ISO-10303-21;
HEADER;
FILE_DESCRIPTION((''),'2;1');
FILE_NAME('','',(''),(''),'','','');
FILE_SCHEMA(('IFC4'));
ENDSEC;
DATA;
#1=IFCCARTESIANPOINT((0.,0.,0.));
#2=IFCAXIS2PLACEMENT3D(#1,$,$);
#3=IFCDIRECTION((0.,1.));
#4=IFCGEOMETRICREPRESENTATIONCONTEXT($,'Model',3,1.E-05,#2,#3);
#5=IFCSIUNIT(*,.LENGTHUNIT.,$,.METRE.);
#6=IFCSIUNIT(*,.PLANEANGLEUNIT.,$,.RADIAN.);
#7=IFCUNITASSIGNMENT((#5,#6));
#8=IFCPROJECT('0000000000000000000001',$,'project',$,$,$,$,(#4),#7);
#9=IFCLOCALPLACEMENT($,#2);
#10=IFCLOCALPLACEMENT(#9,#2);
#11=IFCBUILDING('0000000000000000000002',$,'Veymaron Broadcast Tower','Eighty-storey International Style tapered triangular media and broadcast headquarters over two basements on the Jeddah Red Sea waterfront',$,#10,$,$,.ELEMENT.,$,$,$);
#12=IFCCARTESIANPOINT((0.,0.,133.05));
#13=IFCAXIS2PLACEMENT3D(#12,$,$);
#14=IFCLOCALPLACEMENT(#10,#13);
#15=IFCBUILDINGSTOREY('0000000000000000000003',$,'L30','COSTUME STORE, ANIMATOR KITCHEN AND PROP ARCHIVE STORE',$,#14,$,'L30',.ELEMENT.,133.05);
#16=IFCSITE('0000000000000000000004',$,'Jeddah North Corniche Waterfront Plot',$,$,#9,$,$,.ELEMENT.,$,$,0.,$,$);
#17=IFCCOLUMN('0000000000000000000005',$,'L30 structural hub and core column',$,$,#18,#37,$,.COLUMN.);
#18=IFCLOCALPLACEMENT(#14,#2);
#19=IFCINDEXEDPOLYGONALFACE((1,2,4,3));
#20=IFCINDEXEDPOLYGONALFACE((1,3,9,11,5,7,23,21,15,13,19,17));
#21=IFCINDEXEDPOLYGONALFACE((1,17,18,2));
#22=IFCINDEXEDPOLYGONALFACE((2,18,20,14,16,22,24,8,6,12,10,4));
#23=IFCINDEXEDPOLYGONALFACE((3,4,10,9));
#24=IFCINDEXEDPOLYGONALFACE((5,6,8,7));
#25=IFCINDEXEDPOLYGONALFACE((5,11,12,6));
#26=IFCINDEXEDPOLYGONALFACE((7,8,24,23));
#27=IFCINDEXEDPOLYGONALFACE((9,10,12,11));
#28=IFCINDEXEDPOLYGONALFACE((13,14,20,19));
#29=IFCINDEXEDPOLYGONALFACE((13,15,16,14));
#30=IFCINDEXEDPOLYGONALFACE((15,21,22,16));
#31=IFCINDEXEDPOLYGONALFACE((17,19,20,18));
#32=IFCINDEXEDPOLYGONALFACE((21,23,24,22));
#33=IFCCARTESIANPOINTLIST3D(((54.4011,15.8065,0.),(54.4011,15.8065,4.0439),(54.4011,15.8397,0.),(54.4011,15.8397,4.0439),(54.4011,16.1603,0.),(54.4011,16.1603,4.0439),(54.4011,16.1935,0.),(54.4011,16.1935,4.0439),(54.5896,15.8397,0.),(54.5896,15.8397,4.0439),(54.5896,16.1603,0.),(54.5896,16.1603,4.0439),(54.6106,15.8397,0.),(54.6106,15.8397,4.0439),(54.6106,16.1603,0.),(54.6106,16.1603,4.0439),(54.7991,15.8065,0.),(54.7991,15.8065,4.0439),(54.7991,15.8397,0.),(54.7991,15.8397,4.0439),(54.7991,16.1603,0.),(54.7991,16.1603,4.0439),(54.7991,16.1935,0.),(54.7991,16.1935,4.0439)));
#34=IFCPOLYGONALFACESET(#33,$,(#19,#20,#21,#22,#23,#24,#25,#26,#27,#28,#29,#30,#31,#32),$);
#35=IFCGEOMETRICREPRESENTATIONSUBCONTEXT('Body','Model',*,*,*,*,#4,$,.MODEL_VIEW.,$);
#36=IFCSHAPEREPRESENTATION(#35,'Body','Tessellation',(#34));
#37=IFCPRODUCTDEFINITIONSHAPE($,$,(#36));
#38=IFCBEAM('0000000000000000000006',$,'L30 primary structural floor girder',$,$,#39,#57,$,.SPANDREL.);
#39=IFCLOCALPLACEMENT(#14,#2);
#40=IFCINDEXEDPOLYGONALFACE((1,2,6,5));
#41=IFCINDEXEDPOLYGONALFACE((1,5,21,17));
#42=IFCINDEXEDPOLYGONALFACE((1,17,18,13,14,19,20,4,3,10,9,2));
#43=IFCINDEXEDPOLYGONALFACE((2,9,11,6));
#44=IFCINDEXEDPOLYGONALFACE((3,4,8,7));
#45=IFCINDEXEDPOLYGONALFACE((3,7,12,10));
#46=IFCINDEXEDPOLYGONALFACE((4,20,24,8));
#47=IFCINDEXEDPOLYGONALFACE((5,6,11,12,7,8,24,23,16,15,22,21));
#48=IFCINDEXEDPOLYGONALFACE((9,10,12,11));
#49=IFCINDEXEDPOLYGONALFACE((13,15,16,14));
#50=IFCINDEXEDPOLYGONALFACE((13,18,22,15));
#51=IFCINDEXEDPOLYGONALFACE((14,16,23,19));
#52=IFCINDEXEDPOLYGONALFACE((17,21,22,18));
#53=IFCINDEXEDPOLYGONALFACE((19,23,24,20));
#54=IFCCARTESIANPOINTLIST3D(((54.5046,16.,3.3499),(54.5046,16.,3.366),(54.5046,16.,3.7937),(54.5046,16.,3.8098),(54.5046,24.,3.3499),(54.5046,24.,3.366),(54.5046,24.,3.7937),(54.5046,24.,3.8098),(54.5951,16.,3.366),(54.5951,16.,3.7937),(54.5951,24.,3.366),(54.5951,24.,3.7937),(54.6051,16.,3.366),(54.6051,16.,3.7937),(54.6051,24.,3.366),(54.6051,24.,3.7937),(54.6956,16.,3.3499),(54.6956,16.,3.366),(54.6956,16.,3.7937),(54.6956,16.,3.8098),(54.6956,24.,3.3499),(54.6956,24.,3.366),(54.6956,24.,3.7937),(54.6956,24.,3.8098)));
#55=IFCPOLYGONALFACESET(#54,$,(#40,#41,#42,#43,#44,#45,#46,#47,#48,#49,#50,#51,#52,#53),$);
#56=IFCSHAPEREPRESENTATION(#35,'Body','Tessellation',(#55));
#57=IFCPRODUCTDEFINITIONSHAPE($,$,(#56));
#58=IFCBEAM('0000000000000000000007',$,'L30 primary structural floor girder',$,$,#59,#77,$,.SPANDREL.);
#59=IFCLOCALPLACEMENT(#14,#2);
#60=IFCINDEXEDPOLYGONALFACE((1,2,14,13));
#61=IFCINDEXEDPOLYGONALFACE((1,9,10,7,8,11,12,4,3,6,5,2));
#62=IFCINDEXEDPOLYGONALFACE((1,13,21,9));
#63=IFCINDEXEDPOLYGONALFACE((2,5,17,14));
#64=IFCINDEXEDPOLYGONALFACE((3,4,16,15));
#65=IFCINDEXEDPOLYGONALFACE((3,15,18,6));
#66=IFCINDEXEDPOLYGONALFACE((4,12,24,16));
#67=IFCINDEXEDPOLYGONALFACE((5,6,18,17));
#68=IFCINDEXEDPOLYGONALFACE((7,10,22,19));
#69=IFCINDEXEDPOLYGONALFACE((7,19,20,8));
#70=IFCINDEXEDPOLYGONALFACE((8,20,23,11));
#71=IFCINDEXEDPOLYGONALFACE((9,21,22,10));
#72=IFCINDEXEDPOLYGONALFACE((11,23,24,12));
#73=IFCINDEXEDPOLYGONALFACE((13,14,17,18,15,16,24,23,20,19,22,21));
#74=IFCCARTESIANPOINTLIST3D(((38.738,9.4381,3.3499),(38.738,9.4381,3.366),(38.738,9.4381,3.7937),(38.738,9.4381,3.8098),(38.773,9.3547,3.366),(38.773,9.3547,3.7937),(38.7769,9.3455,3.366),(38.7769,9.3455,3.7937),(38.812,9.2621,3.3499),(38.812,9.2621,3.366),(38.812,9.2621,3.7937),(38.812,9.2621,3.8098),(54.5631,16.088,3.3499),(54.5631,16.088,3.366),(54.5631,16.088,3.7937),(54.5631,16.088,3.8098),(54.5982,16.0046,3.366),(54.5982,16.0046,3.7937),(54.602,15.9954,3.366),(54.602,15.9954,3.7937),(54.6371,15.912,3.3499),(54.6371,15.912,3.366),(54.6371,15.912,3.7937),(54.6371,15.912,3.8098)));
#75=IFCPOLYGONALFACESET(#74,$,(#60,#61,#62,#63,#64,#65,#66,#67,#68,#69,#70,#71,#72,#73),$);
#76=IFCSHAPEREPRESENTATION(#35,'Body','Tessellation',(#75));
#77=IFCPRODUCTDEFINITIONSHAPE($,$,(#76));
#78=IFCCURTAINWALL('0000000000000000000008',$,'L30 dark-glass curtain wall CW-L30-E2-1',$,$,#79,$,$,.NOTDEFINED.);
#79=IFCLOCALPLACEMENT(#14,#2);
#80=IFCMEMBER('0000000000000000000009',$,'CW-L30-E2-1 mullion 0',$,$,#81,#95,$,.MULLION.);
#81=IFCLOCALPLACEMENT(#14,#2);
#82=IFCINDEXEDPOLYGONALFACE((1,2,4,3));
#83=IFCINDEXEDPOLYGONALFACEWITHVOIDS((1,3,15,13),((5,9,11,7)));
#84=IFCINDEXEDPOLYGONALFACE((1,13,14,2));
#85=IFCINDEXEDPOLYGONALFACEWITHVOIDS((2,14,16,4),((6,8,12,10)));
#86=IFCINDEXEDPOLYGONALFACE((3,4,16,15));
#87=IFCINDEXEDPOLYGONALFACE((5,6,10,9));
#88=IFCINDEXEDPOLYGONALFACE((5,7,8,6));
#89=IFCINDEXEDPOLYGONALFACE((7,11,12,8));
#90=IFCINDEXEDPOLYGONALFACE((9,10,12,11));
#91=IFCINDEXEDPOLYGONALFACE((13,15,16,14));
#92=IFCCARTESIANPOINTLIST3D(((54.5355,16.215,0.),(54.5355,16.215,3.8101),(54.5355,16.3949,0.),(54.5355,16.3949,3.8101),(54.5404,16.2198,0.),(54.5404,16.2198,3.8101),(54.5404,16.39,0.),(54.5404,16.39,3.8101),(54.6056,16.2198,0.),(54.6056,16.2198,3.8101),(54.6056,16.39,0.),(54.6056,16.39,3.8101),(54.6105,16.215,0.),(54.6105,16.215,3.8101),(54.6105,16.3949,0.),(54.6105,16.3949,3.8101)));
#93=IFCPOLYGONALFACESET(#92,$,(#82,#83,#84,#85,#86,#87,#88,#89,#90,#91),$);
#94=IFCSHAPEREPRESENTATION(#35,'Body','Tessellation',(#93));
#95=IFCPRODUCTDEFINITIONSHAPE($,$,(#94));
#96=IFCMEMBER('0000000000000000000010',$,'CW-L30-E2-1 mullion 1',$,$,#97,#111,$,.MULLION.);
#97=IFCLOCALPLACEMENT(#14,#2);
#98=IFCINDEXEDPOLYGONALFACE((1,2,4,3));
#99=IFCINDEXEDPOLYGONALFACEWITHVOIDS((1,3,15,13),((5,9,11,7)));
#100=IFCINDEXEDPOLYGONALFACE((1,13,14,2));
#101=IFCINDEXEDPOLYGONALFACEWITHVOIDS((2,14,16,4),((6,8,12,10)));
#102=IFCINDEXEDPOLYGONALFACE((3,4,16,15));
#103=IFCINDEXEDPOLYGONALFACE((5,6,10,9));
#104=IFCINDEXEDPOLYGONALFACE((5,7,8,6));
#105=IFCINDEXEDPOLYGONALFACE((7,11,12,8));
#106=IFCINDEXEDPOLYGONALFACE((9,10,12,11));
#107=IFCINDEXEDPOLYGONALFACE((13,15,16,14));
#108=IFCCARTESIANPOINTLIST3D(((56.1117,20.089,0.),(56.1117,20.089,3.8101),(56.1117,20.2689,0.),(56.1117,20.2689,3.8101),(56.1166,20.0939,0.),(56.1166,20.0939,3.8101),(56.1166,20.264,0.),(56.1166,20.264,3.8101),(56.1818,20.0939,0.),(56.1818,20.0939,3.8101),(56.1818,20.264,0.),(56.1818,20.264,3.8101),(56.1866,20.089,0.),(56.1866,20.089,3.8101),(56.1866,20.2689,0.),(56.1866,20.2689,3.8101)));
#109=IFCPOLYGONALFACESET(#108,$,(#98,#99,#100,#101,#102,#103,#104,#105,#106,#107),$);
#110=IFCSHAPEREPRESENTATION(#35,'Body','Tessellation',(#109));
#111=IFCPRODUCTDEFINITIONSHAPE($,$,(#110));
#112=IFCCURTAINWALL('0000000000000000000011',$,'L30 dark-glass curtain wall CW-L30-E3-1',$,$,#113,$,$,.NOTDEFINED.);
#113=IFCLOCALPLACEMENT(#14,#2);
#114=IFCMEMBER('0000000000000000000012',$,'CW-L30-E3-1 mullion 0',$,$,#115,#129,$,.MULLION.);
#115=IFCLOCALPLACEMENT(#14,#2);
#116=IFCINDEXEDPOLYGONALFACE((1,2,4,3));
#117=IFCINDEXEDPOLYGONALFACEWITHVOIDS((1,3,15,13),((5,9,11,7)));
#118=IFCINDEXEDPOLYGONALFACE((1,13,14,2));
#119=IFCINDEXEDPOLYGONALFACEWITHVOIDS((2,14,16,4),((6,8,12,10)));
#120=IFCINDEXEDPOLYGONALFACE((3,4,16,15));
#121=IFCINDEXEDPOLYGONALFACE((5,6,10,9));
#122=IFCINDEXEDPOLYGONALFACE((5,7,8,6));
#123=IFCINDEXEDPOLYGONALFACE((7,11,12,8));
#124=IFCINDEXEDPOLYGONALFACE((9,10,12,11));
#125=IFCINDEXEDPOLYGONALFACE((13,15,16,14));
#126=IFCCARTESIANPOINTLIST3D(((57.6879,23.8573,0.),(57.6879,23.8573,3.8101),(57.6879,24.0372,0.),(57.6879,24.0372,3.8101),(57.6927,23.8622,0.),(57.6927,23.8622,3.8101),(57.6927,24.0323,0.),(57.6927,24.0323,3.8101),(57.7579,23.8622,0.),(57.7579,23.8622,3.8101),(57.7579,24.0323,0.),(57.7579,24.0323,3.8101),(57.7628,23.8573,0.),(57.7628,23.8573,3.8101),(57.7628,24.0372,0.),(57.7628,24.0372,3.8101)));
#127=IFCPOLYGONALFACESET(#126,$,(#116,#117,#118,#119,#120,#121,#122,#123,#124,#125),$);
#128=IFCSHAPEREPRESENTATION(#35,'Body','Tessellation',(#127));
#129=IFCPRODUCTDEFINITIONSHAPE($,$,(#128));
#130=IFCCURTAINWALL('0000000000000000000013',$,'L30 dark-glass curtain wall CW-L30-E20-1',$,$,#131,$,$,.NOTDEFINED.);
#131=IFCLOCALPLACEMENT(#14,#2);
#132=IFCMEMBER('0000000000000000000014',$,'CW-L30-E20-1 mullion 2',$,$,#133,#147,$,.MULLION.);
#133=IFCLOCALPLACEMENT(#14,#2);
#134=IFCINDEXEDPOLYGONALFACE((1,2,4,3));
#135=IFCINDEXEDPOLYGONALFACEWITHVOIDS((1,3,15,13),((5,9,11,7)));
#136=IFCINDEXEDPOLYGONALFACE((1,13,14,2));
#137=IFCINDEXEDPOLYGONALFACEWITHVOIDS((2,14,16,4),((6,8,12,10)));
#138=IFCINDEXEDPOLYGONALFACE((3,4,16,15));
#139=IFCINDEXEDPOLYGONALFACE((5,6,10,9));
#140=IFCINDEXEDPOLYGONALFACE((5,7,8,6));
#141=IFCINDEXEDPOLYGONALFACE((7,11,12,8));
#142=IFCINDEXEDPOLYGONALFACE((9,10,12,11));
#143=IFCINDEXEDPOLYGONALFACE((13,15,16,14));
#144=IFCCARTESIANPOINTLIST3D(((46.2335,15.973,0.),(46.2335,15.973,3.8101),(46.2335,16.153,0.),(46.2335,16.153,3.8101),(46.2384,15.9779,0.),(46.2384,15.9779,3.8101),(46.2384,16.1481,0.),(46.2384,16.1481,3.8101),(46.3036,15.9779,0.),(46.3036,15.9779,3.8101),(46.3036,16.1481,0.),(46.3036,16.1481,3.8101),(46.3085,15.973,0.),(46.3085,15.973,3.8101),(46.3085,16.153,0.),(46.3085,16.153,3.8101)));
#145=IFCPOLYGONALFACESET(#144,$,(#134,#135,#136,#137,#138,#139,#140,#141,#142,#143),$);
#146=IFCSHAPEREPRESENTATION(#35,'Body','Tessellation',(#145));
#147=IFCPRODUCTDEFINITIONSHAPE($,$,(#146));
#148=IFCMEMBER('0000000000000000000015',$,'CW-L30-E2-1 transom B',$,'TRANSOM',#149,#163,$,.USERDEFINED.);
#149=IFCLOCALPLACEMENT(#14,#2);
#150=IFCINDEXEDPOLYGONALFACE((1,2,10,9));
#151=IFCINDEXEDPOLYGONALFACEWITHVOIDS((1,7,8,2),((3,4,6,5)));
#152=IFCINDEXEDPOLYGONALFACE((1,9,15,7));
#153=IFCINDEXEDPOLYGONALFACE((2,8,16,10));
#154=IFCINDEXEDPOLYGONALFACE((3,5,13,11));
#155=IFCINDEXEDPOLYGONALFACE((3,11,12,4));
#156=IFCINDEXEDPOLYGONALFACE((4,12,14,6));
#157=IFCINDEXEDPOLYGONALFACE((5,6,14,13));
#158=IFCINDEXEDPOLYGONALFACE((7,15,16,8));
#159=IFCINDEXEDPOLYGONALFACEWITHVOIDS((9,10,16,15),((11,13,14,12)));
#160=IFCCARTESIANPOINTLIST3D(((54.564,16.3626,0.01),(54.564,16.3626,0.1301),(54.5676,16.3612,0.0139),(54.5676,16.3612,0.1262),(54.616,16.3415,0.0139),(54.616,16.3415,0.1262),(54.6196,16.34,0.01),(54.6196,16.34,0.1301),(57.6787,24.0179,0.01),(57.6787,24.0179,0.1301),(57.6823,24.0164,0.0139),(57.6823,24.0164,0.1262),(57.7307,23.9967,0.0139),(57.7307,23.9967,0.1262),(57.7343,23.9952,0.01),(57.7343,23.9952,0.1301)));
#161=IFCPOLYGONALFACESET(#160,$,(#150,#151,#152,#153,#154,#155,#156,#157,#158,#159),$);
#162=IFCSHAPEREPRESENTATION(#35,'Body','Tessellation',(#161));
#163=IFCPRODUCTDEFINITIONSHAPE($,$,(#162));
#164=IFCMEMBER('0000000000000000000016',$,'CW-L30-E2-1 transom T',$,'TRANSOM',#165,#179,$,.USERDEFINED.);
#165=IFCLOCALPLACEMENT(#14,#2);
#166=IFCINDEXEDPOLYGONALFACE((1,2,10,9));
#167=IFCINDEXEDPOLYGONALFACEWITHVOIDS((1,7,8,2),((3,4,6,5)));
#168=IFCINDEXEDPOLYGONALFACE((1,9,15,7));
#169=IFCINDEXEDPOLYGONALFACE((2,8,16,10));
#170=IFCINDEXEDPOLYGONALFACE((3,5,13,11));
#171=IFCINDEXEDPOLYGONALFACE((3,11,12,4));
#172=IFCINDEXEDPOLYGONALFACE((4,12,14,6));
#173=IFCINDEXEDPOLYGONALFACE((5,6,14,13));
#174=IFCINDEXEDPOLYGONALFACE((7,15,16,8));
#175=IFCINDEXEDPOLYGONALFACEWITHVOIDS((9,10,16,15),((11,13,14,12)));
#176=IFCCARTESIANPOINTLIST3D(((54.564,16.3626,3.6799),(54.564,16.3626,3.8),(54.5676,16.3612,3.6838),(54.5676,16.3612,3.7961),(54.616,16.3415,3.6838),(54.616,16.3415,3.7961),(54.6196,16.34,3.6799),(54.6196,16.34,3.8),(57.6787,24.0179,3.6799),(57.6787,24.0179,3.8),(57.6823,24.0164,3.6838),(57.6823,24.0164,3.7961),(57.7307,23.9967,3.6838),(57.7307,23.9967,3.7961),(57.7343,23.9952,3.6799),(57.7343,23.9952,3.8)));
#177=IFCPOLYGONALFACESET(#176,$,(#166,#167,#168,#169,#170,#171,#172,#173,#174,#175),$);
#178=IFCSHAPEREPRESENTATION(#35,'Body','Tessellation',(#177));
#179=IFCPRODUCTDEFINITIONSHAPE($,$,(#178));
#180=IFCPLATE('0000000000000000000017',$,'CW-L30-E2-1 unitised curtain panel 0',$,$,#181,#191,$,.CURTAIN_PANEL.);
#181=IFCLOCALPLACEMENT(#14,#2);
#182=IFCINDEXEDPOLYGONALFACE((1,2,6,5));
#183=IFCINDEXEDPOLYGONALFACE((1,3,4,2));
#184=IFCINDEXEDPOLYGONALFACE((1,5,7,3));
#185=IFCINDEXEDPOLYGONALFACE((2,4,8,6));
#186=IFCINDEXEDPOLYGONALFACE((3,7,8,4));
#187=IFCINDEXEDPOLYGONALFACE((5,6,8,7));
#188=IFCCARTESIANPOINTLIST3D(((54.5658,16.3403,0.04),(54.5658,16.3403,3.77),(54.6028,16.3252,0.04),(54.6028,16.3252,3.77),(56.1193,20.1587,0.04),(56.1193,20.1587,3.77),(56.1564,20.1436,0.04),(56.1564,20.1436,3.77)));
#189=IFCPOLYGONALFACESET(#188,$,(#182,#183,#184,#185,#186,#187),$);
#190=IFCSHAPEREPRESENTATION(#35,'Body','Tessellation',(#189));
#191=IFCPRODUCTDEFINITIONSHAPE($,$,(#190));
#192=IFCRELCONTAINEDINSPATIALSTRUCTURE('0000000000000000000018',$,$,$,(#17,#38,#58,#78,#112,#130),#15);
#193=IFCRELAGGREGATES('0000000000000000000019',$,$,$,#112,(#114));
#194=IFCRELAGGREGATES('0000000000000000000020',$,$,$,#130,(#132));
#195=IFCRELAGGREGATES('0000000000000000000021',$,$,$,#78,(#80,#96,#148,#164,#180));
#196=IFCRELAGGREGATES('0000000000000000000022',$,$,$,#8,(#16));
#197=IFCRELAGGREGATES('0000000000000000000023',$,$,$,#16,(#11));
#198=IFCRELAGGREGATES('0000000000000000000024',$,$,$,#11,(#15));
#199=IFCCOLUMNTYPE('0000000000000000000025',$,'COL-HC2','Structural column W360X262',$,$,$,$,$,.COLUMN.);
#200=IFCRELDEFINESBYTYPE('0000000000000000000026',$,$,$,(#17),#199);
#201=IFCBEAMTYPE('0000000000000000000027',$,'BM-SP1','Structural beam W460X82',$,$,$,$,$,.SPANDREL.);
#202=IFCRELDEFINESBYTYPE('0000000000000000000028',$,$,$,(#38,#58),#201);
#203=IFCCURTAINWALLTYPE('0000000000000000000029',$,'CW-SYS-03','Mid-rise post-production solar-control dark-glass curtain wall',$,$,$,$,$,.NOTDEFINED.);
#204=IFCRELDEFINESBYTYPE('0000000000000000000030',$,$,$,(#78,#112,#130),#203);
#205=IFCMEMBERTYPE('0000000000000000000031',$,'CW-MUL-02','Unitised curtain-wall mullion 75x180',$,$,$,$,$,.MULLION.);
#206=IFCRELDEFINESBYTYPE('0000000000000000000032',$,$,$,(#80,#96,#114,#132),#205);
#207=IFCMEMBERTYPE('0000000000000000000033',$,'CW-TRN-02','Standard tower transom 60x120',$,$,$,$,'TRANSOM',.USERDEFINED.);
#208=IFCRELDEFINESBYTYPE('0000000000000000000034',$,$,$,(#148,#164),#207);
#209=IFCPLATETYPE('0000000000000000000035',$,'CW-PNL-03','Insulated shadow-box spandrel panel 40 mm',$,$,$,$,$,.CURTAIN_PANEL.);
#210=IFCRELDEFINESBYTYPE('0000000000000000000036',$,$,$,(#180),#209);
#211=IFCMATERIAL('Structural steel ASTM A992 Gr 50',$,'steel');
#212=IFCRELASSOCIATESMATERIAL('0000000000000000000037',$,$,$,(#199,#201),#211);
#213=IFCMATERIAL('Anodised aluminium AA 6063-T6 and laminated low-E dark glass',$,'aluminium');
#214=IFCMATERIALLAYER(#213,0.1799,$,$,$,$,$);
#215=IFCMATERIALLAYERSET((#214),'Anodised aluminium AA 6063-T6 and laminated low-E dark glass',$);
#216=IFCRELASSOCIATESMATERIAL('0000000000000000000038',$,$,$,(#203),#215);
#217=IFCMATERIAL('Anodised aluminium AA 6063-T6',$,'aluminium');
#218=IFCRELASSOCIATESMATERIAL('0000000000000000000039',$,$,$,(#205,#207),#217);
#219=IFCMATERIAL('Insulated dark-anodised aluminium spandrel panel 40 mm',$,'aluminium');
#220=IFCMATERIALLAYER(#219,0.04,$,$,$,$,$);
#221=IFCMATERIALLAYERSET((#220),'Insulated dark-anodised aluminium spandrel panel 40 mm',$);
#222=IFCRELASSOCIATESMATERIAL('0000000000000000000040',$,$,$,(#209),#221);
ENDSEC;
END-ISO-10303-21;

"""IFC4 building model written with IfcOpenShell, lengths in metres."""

from ifc_helpers import new_model, si_unit, direction, frame, origin, origin_2d, place, context, subcontext, project, spatial, rectangle, hollow_rectangle, i_section, extrude, material, layer, layer_set, material_profile, profile_set, type_object, element, aggregate, save


model = new_model("IFC4")

# Units and contexts
model_context = context("Model", 3, precision=1e-05, world=origin(), true_north=direction((0.0, 1.0)))
body_context = subcontext(model_context, "Body", "Model", "MODEL_VIEW")
ifc_project = project(units=[si_unit("LENGTHUNIT", "METRE"), si_unit("PLANEANGLEUNIT", "RADIAN")], contexts=[model_context])

# Site, building, storey
site_placement = place(None, origin())
site = spatial("IfcSite", under=ifc_project, at=site_placement, Name="Jeddah North Corniche Waterfront Plot", CompositionType="ELEMENT", RefElevation=0.0)
building_placement = place(site_placement, origin())
building = spatial("IfcBuilding", under=site, at=building_placement, Name="Veymaron Broadcast Tower", Description="Eighty-storey International Style tapered triangular media and broadcast headquarters over two basements on the Jeddah Red Sea waterfront", CompositionType="ELEMENT")
storey_placement = place(building_placement, frame((0.0, 0.0, 133.05)))
storey = spatial("IfcBuildingStorey", under=building, at=storey_placement, Name="L30", Description="COSTUME STORE, ANIMATOR KITCHEN AND PROP ARCHIVE STORE", LongName="L30", CompositionType="ELEMENT", Elevation=133.05)

# Column
ifc_material_1 = material(Name="Structural steel ASTM A992 Gr 50", Category="steel")
ifc_material_profile_1 = material_profile(ifc_material_1, i_section(OverallWidth=0.3979, OverallDepth=0.387, WebThickness=0.021, FlangeThickness=0.0332, at=origin_2d()), Name="W360X262")
ifc_profile_set_1 = profile_set([ifc_material_profile_1], Name="Structural steel ASTM A992 Gr 50")
column_type = type_object("IfcColumnType", Name="COL-HC2", Description="Structural column W360X262", PredefinedType="COLUMN", material=ifc_profile_set_1)
column_placement = place(storey_placement, frame((54.6001, 16.0, 0.0), z_axis=(0.0, 0.0, 1.0), x_axis=(1.0, 0.0, 0.0)))
element("IfcColumn", 1, at=column_placement, inside=storey, type_object=column_type, Name="L30 structural hub and core column", PredefinedType="COLUMN", context=body_context, shape_type="SweptSolid", body=[
    extrude(i_section(OverallWidth=0.3979, OverallDepth=0.387, WebThickness=0.021, FlangeThickness=0.0332, at=origin_2d()), origin(), (0.0, 0.0, 1.0), 4.0439),
])

# Beams
ifc_material_profile_2 = material_profile(ifc_material_1, i_section(OverallWidth=0.1909, OverallDepth=0.46, WebThickness=0.01, FlangeThickness=0.0161, at=origin_2d()), Name="W460X82")
ifc_profile_set_2 = profile_set([ifc_material_profile_2], Name="Structural steel ASTM A992 Gr 50")
beam_type = type_object("IfcBeamType", Name="BM-SP1", Description="Structural beam W460X82", PredefinedType="SPANDREL", material=ifc_profile_set_2)
beam_1_placement = place(storey_placement, frame((54.6001, 16.0, 3.5798), z_axis=(0.0, 1.0, 0.0), x_axis=(-1.0, 0.0, 0.0)))
element("IfcBeam", 2, at=beam_1_placement, inside=storey, type_object=beam_type, Name="L30 primary structural floor girder", PredefinedType="SPANDREL", context=body_context, shape_type="SweptSolid", body=[
    extrude(i_section(OverallWidth=0.1909, OverallDepth=0.46, WebThickness=0.01, FlangeThickness=0.0161, at=origin_2d()), origin(), (0.0, 0.0, 1.0), 8.0),
])
beam_2_placement = place(storey_placement, frame((54.6001, 16.0, 3.5798), z_axis=(-0.921913, -0.387397, 0.0), x_axis=(0.387397, -0.921913, 0.0)))
element("IfcBeam", 3, at=beam_2_placement, inside=storey, type_object=beam_type, Name="L30 primary structural floor girder", PredefinedType="SPANDREL", context=body_context, shape_type="SweptSolid", body=[
    extrude(i_section(OverallWidth=0.1909, OverallDepth=0.46, WebThickness=0.01, FlangeThickness=0.0161, at=origin_2d()), origin(), (0.0, 0.0, 1.0), 17.1655),
])

# Curtain wall, members
ifc_material_2 = material(Name="Anodised aluminium AA 6063-T6 and laminated low-E dark glass", Category="aluminium")
ifc_layer_1 = layer(ifc_material_2, 0.1799)
ifc_layer_set_1 = layer_set([ifc_layer_1], Name="Anodised aluminium AA 6063-T6 and laminated low-E dark glass")
curtain_wall_type = type_object("IfcCurtainWallType", Name="CW-SYS-03", Description="Mid-rise post-production solar-control dark-glass curtain wall", PredefinedType="NOTDEFINED", material=ifc_layer_set_1)
curtain_wall_1_placement = place(storey_placement, origin())
curtain_wall_1 = element("IfcCurtainWall", 4, at=curtain_wall_1_placement, inside=storey, type_object=curtain_wall_type, Name="L30 dark-glass curtain wall CW-L30-E2-1", PredefinedType="NOTDEFINED")
ifc_material_3 = material(Name="Anodised aluminium AA 6063-T6", Category="aluminium")
ifc_material_profile_3 = material_profile(ifc_material_3, hollow_rectangle(XDim=0.075, YDim=0.1799, WallThickness=0.0049, at=origin_2d()), Name="AL180X75X5")
ifc_profile_set_3 = profile_set([ifc_material_profile_3], Name="Anodised aluminium AA 6063-T6")
member_type_1 = type_object("IfcMemberType", Name="CW-MUL-02", Description="Unitised curtain-wall mullion 75x180", PredefinedType="MULLION", material=ifc_profile_set_3)
member_1_placement = place(storey_placement, frame((54.573, 16.3049, 0.0), z_axis=(0.0, 0.0, 1.0), x_axis=(1.0, 0.0, 0.0)))
member_1 = element("IfcMember", 5, at=member_1_placement, type_object=member_type_1, Name="CW-L30-E2-1 mullion 0", PredefinedType="MULLION", context=body_context, shape_type="SweptSolid", body=[
    extrude(hollow_rectangle(XDim=0.075, YDim=0.1799, WallThickness=0.0049, at=origin_2d()), origin(), (0.0, 0.0, 1.0), 3.8101),
])
member_2_placement = place(storey_placement, frame((56.1492, 20.179, 0.0), z_axis=(0.0, 0.0, 1.0), x_axis=(1.0, 0.0, 0.0)))
member_2 = element("IfcMember", 6, at=member_2_placement, type_object=member_type_1, Name="CW-L30-E2-1 mullion 1", PredefinedType="MULLION", context=body_context, shape_type="SweptSolid", body=[
    extrude(hollow_rectangle(XDim=0.075, YDim=0.1799, WallThickness=0.0049, at=origin_2d()), origin(), (0.0, 0.0, 1.0), 3.8101),
])

# Curtain walls, members
curtain_wall_2_placement = place(storey_placement, origin())
curtain_wall_2 = element("IfcCurtainWall", 7, at=curtain_wall_2_placement, inside=storey, type_object=curtain_wall_type, Name="L30 dark-glass curtain wall CW-L30-E3-1", PredefinedType="NOTDEFINED")
member_3_placement = place(storey_placement, frame((57.7253, 23.9473, 0.0), z_axis=(0.0, 0.0, 1.0), x_axis=(1.0, 0.0, 0.0)))
member_3 = element("IfcMember", 8, at=member_3_placement, type_object=member_type_1, Name="CW-L30-E3-1 mullion 0", PredefinedType="MULLION", context=body_context, shape_type="SweptSolid", body=[
    extrude(hollow_rectangle(XDim=0.075, YDim=0.1799, WallThickness=0.0049, at=origin_2d()), origin(), (0.0, 0.0, 1.0), 3.8101),
])
aggregate(curtain_wall_2, [member_3])
curtain_wall_3_placement = place(storey_placement, origin())
curtain_wall_3 = element("IfcCurtainWall", 9, at=curtain_wall_3_placement, inside=storey, type_object=curtain_wall_type, Name="L30 dark-glass curtain wall CW-L30-E20-1", PredefinedType="NOTDEFINED")
member_4_placement = place(storey_placement, frame((46.271, 16.063, 0.0), z_axis=(0.0, 0.0, 1.0), x_axis=(1.0, 0.0, 0.0)))
member_4 = element("IfcMember", 10, at=member_4_placement, type_object=member_type_1, Name="CW-L30-E20-1 mullion 2", PredefinedType="MULLION", context=body_context, shape_type="SweptSolid", body=[
    extrude(hollow_rectangle(XDim=0.075, YDim=0.1799, WallThickness=0.0049, at=origin_2d()), origin(), (0.0, 0.0, 1.0), 3.8101),
])
aggregate(curtain_wall_3, [member_4])

# Members
ifc_material_profile_4 = material_profile(ifc_material_3, hollow_rectangle(XDim=0.0601, YDim=0.1201, WallThickness=0.0039, at=origin_2d()), Name="AL120X60X4")
ifc_profile_set_4 = profile_set([ifc_material_profile_4], Name="Anodised aluminium AA 6063-T6")
member_type_2 = type_object("IfcMemberType", Name="CW-TRN-02", Description="Standard tower transom 60x120", ElementType="TRANSOM", PredefinedType="USERDEFINED", material=ifc_profile_set_4)
member_5_placement = place(storey_placement, frame((54.5918, 16.3513, 0.0701), z_axis=(0.376875, 0.926264, 0.0), x_axis=(-0.926264, 0.376875, 0.0)))
member_5 = element("IfcMember", 11, at=member_5_placement, type_object=member_type_2, Name="CW-L30-E2-1 transom B", ObjectType="TRANSOM", PredefinedType="USERDEFINED", context=body_context, shape_type="SweptSolid", body=[
    extrude(hollow_rectangle(XDim=0.0601, YDim=0.1201, WallThickness=0.0039, at=origin_2d()), origin(), (0.0, 0.0, 1.0), 8.2646),
])
member_6_placement = place(storey_placement, frame((54.5918, 16.3513, 3.74), z_axis=(0.376875, 0.926264, 0.0), x_axis=(-0.926264, 0.376875, 0.0)))
member_6 = element("IfcMember", 12, at=member_6_placement, type_object=member_type_2, Name="CW-L30-E2-1 transom T", ObjectType="TRANSOM", PredefinedType="USERDEFINED", context=body_context, shape_type="SweptSolid", body=[
    extrude(hollow_rectangle(XDim=0.0601, YDim=0.1201, WallThickness=0.0039, at=origin_2d()), origin(), (0.0, 0.0, 1.0), 8.2646),
])

# Plate
ifc_material_4 = material(Name="Insulated dark-anodised aluminium spandrel panel 40 mm", Category="aluminium")
ifc_layer_2 = layer(ifc_material_4, 0.04)
ifc_layer_set_2 = layer_set([ifc_layer_2], Name="Insulated dark-anodised aluminium spandrel panel 40 mm")
plate_type = type_object("IfcPlateType", Name="CW-PNL-03", Description="Insulated shadow-box spandrel panel 40 mm", PredefinedType="CURTAIN_PANEL", material=ifc_layer_set_2)
plate_1_placement = place(storey_placement, frame((55.3611, 18.2419, 0.04), z_axis=(0.0, 0.0, 1.0), x_axis=(0.376871, 0.926266, 0.0)))
plate_1 = element("IfcPlate", 13, at=plate_1_placement, type_object=plate_type, Name="CW-L30-E2-1 unitised curtain panel 0", PredefinedType="CURTAIN_PANEL", context=body_context, shape_type="SweptSolid", body=[
    extrude(rectangle(XDim=4.1223, YDim=0.04, at=origin_2d()), origin(), (0.0, 0.0, 1.0), 3.73),
])
aggregate(curtain_wall_1, [member_1, member_2, member_5, member_6, plate_1])

save(model, "model.ifc")
